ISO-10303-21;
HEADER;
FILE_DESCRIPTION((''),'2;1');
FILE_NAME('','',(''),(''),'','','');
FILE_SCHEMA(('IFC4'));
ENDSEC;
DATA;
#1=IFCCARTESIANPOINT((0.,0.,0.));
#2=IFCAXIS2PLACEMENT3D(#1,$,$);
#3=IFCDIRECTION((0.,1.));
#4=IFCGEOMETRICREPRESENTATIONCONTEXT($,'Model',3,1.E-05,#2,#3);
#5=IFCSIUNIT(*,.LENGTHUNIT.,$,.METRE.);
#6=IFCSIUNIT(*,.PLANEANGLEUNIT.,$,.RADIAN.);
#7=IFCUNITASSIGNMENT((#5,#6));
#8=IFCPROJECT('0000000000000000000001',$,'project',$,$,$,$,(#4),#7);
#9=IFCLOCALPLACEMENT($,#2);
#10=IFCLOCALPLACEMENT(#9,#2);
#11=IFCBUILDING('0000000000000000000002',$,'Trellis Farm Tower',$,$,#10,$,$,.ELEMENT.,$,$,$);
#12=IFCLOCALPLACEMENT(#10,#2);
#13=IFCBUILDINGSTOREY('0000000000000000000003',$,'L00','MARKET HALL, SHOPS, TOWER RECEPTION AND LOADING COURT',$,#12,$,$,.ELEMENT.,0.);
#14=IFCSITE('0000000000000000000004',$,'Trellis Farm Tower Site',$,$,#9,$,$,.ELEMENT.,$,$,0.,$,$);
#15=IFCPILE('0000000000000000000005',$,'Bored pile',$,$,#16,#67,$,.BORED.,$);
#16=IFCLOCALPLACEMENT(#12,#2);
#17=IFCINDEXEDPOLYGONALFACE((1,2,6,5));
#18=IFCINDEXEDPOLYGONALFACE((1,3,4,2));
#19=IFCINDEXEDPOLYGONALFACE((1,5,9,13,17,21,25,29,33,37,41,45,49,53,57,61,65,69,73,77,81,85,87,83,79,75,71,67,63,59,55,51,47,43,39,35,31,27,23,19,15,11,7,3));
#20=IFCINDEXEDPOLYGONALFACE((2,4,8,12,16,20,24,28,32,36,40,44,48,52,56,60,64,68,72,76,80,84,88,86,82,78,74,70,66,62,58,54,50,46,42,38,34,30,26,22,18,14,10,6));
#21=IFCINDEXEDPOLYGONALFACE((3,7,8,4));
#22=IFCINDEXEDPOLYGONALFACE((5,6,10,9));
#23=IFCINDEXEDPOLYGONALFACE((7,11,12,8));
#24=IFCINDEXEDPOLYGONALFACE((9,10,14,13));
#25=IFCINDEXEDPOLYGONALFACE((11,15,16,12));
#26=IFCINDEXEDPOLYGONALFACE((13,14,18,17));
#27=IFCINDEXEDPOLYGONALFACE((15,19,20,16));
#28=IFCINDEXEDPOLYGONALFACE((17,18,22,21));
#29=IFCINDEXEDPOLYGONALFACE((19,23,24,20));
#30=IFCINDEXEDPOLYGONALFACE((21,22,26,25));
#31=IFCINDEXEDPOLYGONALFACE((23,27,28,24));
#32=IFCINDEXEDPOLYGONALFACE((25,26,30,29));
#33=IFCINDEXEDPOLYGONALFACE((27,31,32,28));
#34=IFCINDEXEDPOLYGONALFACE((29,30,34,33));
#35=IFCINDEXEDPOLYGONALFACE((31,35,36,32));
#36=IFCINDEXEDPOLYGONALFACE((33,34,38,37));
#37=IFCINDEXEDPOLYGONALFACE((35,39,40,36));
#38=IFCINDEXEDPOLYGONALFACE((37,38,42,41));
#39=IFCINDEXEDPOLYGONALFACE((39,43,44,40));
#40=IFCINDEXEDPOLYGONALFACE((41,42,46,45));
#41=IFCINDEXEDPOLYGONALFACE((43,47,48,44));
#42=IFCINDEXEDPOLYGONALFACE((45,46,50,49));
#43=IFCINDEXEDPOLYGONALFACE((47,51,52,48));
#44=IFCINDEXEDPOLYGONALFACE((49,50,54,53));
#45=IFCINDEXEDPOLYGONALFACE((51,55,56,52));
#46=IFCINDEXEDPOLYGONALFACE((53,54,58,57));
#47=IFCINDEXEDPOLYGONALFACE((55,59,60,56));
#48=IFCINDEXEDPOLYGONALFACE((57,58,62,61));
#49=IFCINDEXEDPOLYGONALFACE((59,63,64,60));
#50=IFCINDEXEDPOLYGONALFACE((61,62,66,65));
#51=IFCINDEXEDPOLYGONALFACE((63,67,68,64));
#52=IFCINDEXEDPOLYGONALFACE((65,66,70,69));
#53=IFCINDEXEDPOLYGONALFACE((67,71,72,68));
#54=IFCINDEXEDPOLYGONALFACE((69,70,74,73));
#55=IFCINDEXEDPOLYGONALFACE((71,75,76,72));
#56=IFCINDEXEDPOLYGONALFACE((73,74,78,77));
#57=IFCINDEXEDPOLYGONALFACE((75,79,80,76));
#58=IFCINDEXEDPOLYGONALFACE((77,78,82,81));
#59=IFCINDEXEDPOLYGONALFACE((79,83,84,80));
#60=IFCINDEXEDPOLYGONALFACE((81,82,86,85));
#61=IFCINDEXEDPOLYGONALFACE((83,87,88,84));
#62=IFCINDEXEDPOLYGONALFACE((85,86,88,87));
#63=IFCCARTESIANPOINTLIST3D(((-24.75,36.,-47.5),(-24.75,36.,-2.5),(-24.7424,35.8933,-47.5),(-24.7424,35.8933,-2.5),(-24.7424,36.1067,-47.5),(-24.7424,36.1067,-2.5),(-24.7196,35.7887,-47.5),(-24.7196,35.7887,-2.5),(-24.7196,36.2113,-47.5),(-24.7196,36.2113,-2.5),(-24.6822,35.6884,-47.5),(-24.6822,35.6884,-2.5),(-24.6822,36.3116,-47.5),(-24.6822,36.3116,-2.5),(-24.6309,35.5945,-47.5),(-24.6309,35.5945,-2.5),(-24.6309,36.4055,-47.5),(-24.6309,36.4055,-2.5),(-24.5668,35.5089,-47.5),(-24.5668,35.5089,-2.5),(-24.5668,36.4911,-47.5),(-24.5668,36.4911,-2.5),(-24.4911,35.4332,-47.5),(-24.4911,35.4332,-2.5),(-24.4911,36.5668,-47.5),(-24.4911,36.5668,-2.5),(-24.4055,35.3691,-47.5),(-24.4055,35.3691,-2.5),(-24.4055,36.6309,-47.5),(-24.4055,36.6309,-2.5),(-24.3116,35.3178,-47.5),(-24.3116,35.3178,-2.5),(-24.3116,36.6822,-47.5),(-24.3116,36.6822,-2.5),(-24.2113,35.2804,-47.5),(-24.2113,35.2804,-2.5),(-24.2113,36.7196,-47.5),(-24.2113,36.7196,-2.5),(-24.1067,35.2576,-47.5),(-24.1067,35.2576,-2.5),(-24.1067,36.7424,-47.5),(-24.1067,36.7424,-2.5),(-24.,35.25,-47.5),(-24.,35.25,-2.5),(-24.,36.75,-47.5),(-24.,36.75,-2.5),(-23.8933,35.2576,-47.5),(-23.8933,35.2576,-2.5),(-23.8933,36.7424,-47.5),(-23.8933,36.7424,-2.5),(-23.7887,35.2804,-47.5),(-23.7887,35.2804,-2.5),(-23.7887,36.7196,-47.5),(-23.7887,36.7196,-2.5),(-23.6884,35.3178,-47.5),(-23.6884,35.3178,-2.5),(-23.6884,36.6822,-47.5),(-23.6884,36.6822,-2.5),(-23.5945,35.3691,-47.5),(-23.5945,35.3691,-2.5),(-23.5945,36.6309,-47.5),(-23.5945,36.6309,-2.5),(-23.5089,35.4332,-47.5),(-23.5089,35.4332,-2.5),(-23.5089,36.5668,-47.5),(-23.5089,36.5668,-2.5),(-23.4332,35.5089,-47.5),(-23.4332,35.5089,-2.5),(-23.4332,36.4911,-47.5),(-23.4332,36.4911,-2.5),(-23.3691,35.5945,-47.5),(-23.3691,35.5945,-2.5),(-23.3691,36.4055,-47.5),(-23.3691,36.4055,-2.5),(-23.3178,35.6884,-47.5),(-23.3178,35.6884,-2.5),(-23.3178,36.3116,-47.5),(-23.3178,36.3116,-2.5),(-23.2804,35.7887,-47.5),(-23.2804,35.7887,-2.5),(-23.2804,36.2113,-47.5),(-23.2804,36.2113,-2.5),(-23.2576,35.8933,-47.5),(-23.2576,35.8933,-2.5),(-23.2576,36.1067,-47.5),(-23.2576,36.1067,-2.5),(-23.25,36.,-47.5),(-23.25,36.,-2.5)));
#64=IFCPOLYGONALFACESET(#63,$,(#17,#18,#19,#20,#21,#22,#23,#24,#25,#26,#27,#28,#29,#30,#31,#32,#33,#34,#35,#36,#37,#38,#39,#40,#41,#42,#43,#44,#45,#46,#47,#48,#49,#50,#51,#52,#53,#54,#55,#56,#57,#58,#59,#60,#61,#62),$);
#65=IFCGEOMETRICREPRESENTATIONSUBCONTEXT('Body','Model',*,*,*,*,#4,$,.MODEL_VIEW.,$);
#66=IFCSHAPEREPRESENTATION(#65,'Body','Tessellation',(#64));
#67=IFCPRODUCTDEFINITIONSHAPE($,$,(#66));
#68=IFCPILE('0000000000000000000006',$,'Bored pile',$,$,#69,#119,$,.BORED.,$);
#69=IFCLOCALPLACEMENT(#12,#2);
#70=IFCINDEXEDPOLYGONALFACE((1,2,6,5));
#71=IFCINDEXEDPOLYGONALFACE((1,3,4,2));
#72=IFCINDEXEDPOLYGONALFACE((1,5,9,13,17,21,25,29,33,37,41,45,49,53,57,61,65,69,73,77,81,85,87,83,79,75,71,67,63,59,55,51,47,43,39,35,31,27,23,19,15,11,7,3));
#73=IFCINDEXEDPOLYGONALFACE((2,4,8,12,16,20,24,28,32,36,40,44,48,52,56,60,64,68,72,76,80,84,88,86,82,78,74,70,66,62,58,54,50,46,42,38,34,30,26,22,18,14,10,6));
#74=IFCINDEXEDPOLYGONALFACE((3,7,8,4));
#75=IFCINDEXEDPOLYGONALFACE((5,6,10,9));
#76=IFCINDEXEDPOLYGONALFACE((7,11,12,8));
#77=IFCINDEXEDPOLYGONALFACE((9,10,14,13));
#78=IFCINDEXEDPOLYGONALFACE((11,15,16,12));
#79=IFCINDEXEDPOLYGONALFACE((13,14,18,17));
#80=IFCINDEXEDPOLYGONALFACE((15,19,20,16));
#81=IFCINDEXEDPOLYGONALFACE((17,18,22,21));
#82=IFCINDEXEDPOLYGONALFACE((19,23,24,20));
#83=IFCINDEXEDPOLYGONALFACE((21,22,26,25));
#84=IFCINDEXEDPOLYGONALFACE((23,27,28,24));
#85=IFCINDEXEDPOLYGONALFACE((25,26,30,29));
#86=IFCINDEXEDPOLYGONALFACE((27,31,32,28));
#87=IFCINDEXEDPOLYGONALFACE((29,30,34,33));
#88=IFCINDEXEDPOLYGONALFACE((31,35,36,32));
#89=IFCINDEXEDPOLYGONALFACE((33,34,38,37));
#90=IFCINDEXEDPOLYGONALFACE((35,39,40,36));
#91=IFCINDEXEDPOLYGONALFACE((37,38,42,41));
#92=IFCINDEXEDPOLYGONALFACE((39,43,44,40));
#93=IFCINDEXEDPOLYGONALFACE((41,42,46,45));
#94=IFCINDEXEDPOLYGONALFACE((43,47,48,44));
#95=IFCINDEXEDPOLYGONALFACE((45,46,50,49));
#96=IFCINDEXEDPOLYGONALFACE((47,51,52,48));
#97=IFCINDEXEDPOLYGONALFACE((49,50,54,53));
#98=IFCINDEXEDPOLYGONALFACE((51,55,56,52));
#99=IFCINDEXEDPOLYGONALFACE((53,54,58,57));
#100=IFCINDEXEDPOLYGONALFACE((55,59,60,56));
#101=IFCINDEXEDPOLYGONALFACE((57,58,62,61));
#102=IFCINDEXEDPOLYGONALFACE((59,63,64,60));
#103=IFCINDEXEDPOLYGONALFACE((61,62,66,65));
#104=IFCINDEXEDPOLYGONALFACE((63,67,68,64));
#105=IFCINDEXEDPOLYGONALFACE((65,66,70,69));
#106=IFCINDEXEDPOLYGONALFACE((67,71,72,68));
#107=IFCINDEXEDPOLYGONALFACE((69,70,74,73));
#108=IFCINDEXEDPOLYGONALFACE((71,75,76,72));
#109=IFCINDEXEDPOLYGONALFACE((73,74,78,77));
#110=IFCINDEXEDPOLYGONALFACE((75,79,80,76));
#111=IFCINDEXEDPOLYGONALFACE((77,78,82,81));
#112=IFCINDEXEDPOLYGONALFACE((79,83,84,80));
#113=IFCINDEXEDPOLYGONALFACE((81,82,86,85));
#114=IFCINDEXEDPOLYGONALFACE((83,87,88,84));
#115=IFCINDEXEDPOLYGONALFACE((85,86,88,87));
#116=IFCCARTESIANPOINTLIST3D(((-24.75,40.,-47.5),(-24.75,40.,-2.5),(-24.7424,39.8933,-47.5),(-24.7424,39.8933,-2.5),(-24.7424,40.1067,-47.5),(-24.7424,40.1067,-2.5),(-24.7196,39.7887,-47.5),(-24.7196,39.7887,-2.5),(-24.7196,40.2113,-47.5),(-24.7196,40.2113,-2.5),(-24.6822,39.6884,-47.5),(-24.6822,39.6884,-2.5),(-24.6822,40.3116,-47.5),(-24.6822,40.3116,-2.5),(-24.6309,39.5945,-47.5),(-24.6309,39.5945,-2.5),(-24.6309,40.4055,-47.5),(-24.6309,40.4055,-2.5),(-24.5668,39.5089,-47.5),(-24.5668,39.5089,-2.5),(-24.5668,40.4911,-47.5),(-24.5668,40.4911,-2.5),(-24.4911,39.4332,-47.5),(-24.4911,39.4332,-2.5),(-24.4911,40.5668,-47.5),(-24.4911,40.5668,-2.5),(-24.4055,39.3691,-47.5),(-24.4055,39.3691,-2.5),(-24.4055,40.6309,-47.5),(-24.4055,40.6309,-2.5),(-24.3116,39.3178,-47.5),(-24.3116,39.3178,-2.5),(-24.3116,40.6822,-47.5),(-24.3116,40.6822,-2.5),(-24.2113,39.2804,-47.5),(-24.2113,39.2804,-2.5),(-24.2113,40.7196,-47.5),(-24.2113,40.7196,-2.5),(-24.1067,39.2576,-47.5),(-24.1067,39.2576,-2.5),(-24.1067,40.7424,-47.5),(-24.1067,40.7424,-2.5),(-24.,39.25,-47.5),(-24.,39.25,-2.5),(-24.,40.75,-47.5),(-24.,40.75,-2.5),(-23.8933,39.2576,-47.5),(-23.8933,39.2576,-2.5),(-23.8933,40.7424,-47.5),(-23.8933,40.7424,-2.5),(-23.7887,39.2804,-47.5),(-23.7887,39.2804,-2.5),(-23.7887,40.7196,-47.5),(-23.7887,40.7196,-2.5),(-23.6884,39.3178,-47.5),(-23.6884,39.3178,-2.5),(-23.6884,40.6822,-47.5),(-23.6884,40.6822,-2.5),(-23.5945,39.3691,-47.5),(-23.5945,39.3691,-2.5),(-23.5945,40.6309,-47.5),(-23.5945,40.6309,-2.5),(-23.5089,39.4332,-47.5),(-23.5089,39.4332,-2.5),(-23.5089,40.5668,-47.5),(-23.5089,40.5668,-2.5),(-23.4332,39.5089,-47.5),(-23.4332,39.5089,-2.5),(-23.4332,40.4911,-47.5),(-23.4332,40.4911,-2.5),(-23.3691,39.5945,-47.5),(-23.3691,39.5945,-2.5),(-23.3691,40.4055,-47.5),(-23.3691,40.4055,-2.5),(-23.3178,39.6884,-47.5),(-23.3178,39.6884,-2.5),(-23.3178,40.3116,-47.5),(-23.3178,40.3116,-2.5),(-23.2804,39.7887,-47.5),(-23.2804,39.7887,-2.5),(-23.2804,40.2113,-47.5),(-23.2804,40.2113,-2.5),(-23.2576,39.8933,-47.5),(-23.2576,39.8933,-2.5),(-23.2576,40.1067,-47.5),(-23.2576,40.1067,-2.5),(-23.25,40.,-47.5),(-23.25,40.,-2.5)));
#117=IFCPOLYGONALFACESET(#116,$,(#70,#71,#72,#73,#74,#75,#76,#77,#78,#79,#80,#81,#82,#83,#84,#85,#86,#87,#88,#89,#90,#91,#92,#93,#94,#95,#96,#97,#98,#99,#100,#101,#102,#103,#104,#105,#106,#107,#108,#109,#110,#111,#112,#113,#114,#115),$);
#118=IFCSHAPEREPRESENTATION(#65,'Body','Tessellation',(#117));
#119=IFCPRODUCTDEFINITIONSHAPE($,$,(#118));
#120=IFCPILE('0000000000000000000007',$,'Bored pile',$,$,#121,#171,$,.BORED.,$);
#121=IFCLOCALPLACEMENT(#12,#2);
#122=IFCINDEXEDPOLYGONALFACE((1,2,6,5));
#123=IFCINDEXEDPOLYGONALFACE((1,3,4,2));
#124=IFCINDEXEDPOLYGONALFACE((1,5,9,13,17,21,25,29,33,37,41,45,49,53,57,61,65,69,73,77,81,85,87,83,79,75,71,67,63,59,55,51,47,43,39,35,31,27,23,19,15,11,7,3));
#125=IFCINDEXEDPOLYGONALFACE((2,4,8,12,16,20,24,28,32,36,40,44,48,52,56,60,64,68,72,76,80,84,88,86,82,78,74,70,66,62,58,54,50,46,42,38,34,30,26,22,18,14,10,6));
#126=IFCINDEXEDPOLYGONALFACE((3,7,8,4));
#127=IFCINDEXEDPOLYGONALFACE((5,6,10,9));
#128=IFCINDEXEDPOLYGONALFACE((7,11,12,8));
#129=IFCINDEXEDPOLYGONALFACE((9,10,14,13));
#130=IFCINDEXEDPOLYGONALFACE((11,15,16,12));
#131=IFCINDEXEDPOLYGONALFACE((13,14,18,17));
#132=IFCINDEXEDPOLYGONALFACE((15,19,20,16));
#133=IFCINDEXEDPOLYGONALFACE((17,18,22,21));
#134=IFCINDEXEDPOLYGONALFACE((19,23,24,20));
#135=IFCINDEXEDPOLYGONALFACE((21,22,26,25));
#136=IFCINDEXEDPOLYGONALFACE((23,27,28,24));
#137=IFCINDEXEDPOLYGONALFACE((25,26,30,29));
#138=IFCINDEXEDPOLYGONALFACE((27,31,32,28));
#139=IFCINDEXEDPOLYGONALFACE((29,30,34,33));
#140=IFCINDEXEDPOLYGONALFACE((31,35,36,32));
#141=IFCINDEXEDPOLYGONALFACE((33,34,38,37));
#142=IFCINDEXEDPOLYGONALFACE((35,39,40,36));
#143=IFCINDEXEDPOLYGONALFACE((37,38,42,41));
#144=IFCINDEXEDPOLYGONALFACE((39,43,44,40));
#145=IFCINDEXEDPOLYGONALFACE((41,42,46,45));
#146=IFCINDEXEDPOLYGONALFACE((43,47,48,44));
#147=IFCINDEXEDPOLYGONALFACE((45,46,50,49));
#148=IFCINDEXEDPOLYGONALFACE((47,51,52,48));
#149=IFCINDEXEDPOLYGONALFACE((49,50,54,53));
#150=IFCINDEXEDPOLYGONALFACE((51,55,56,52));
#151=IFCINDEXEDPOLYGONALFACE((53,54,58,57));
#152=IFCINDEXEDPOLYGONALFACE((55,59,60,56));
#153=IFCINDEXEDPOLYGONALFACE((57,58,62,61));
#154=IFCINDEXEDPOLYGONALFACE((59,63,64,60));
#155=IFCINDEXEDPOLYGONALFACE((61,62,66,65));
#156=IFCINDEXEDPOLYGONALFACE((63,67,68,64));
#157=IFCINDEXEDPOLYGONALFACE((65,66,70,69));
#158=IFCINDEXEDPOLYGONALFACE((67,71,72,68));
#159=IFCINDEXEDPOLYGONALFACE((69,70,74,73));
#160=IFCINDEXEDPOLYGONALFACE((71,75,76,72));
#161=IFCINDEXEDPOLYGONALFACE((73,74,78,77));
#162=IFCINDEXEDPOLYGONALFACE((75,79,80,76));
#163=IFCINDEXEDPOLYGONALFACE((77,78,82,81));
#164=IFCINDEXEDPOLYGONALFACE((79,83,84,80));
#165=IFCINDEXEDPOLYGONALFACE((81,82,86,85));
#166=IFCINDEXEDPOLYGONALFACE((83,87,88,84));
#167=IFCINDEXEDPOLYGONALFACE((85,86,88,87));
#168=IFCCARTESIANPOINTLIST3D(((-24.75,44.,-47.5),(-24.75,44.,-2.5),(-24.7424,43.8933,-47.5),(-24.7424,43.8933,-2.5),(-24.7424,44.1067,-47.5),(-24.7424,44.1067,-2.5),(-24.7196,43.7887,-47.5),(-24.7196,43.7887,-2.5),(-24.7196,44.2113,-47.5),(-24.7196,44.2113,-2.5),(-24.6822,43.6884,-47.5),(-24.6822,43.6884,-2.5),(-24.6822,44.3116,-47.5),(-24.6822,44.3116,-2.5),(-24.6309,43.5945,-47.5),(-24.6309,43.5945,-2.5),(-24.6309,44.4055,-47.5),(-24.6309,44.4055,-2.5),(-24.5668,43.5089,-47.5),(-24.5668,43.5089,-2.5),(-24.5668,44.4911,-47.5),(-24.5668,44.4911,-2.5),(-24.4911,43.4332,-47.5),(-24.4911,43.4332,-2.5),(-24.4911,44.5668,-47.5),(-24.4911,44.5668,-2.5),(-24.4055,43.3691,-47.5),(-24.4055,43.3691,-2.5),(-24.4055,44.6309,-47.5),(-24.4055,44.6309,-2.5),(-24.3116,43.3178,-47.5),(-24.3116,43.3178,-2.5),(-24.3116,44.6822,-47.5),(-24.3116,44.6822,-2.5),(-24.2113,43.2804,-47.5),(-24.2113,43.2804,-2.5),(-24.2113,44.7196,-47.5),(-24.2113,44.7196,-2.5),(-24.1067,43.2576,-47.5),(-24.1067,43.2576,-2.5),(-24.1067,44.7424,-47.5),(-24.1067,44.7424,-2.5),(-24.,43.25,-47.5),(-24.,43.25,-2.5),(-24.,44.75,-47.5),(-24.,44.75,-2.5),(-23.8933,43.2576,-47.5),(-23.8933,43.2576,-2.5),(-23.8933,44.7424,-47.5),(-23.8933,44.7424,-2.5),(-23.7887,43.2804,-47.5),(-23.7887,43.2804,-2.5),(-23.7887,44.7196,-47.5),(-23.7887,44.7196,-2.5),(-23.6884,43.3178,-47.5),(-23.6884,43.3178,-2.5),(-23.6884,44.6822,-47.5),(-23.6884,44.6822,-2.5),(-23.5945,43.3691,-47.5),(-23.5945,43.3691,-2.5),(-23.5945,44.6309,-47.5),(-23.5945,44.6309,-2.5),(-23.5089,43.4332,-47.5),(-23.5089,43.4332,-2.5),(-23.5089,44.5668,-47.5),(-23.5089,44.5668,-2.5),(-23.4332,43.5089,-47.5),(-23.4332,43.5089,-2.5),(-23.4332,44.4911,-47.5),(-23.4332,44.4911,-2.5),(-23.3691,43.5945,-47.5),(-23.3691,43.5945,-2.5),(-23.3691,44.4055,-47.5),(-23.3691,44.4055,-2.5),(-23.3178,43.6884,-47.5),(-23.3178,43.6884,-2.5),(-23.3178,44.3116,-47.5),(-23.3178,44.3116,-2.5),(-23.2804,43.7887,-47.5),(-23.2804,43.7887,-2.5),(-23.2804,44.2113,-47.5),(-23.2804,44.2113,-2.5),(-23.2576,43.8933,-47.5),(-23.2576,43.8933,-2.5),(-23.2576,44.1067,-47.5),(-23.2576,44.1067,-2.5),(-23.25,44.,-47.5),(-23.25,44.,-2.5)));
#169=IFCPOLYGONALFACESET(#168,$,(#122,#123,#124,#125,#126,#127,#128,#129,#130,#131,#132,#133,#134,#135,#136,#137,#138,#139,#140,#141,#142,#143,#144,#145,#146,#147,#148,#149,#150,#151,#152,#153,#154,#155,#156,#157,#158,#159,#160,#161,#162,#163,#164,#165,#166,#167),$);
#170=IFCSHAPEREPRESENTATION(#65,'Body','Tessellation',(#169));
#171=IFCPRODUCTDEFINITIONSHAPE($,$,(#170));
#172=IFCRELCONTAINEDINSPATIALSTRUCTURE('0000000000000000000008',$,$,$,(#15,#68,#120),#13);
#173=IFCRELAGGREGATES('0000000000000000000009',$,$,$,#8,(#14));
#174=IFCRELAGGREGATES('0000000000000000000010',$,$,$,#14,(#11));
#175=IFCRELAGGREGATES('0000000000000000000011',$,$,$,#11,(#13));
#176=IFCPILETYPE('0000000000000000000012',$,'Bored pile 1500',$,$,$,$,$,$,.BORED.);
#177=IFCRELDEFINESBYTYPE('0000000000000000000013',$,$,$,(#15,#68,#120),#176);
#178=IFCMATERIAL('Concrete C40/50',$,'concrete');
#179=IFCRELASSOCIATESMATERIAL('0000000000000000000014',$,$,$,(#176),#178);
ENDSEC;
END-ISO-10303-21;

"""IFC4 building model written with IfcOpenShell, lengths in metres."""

from ifc_helpers import new_model, si_unit, direction, frame, origin, origin_2d, place, context, subcontext, project, spatial, circle, extrude, source, transform, mapped, material, material_profile, profile_set, type_object, element, save


model = new_model("IFC4")

# Units and contexts
model_context = context("Model", 3, precision=1e-05, world=origin(), true_north=direction((0.0, 1.0)))
body_context = subcontext(model_context, "Body", "Model", "MODEL_VIEW")
ifc_project = project(units=[si_unit("LENGTHUNIT", "METRE"), si_unit("PLANEANGLEUNIT", "RADIAN")], contexts=[model_context])

# Site, building, storey
site_placement = place(None, origin())
site = spatial("IfcSite", under=ifc_project, at=site_placement, Name="Trellis Farm Tower Site", CompositionType="ELEMENT", RefElevation=0.0)
building_placement = place(site_placement, origin())
building = spatial("IfcBuilding", under=site, at=building_placement, Name="Trellis Farm Tower", CompositionType="ELEMENT")
storey_placement = place(building_placement, origin())
storey = spatial("IfcBuildingStorey", under=building, at=storey_placement, Name="L00", Description="MARKET HALL, SHOPS, TOWER RECEPTION AND LOADING COURT", CompositionType="ELEMENT", Elevation=0.0)

# Piles
ifc_material_1 = material(Name="Concrete C40/50", Category="concrete")
ifc_material_profile_1 = material_profile(ifc_material_1, circle(Radius=0.75, at=origin_2d()), Name="Bored pile 1500")
ifc_profile_set_1 = profile_set([ifc_material_profile_1], Name="Concrete C40/50")
pile_type = type_object("IfcPileType", Name="Bored pile 1500", PredefinedType="BORED", material=ifc_profile_set_1)
shared_shape_1 = source(origin(), body_context, "Body", "SweptSolid", [
    extrude(circle(Radius=0.75, at=origin_2d()), origin(), (0.0, 0.0, 1.0), 45.0),
])
for number, where, z_axis, x_axis, name in (
    (1, (-24.0, 36.0, -2.5), (0.0, 0.0, -1.0), (1.0, 0.0, 0.0), "Bored pile"),
    (2, (-24.0, 40.0, -2.5), (0.0, 0.0, -1.0), (1.0, 0.0, 0.0), "Bored pile"),
    (3, (-24.0, 44.0, -2.5), (0.0, 0.0, -1.0), (1.0, 0.0, 0.0), "Bored pile"),
):
    element("IfcPile", number, at=place(storey_placement, frame(where, z_axis=z_axis, x_axis=x_axis)), inside=storey, type_object=pile_type, Name=name, PredefinedType="BORED", context=body_context, shape_type="MappedRepresentation", body=[
        mapped(shared_shape_1, transform((0.0, 0.0, 0.0))),
    ])

save(model, "model.ifc")
